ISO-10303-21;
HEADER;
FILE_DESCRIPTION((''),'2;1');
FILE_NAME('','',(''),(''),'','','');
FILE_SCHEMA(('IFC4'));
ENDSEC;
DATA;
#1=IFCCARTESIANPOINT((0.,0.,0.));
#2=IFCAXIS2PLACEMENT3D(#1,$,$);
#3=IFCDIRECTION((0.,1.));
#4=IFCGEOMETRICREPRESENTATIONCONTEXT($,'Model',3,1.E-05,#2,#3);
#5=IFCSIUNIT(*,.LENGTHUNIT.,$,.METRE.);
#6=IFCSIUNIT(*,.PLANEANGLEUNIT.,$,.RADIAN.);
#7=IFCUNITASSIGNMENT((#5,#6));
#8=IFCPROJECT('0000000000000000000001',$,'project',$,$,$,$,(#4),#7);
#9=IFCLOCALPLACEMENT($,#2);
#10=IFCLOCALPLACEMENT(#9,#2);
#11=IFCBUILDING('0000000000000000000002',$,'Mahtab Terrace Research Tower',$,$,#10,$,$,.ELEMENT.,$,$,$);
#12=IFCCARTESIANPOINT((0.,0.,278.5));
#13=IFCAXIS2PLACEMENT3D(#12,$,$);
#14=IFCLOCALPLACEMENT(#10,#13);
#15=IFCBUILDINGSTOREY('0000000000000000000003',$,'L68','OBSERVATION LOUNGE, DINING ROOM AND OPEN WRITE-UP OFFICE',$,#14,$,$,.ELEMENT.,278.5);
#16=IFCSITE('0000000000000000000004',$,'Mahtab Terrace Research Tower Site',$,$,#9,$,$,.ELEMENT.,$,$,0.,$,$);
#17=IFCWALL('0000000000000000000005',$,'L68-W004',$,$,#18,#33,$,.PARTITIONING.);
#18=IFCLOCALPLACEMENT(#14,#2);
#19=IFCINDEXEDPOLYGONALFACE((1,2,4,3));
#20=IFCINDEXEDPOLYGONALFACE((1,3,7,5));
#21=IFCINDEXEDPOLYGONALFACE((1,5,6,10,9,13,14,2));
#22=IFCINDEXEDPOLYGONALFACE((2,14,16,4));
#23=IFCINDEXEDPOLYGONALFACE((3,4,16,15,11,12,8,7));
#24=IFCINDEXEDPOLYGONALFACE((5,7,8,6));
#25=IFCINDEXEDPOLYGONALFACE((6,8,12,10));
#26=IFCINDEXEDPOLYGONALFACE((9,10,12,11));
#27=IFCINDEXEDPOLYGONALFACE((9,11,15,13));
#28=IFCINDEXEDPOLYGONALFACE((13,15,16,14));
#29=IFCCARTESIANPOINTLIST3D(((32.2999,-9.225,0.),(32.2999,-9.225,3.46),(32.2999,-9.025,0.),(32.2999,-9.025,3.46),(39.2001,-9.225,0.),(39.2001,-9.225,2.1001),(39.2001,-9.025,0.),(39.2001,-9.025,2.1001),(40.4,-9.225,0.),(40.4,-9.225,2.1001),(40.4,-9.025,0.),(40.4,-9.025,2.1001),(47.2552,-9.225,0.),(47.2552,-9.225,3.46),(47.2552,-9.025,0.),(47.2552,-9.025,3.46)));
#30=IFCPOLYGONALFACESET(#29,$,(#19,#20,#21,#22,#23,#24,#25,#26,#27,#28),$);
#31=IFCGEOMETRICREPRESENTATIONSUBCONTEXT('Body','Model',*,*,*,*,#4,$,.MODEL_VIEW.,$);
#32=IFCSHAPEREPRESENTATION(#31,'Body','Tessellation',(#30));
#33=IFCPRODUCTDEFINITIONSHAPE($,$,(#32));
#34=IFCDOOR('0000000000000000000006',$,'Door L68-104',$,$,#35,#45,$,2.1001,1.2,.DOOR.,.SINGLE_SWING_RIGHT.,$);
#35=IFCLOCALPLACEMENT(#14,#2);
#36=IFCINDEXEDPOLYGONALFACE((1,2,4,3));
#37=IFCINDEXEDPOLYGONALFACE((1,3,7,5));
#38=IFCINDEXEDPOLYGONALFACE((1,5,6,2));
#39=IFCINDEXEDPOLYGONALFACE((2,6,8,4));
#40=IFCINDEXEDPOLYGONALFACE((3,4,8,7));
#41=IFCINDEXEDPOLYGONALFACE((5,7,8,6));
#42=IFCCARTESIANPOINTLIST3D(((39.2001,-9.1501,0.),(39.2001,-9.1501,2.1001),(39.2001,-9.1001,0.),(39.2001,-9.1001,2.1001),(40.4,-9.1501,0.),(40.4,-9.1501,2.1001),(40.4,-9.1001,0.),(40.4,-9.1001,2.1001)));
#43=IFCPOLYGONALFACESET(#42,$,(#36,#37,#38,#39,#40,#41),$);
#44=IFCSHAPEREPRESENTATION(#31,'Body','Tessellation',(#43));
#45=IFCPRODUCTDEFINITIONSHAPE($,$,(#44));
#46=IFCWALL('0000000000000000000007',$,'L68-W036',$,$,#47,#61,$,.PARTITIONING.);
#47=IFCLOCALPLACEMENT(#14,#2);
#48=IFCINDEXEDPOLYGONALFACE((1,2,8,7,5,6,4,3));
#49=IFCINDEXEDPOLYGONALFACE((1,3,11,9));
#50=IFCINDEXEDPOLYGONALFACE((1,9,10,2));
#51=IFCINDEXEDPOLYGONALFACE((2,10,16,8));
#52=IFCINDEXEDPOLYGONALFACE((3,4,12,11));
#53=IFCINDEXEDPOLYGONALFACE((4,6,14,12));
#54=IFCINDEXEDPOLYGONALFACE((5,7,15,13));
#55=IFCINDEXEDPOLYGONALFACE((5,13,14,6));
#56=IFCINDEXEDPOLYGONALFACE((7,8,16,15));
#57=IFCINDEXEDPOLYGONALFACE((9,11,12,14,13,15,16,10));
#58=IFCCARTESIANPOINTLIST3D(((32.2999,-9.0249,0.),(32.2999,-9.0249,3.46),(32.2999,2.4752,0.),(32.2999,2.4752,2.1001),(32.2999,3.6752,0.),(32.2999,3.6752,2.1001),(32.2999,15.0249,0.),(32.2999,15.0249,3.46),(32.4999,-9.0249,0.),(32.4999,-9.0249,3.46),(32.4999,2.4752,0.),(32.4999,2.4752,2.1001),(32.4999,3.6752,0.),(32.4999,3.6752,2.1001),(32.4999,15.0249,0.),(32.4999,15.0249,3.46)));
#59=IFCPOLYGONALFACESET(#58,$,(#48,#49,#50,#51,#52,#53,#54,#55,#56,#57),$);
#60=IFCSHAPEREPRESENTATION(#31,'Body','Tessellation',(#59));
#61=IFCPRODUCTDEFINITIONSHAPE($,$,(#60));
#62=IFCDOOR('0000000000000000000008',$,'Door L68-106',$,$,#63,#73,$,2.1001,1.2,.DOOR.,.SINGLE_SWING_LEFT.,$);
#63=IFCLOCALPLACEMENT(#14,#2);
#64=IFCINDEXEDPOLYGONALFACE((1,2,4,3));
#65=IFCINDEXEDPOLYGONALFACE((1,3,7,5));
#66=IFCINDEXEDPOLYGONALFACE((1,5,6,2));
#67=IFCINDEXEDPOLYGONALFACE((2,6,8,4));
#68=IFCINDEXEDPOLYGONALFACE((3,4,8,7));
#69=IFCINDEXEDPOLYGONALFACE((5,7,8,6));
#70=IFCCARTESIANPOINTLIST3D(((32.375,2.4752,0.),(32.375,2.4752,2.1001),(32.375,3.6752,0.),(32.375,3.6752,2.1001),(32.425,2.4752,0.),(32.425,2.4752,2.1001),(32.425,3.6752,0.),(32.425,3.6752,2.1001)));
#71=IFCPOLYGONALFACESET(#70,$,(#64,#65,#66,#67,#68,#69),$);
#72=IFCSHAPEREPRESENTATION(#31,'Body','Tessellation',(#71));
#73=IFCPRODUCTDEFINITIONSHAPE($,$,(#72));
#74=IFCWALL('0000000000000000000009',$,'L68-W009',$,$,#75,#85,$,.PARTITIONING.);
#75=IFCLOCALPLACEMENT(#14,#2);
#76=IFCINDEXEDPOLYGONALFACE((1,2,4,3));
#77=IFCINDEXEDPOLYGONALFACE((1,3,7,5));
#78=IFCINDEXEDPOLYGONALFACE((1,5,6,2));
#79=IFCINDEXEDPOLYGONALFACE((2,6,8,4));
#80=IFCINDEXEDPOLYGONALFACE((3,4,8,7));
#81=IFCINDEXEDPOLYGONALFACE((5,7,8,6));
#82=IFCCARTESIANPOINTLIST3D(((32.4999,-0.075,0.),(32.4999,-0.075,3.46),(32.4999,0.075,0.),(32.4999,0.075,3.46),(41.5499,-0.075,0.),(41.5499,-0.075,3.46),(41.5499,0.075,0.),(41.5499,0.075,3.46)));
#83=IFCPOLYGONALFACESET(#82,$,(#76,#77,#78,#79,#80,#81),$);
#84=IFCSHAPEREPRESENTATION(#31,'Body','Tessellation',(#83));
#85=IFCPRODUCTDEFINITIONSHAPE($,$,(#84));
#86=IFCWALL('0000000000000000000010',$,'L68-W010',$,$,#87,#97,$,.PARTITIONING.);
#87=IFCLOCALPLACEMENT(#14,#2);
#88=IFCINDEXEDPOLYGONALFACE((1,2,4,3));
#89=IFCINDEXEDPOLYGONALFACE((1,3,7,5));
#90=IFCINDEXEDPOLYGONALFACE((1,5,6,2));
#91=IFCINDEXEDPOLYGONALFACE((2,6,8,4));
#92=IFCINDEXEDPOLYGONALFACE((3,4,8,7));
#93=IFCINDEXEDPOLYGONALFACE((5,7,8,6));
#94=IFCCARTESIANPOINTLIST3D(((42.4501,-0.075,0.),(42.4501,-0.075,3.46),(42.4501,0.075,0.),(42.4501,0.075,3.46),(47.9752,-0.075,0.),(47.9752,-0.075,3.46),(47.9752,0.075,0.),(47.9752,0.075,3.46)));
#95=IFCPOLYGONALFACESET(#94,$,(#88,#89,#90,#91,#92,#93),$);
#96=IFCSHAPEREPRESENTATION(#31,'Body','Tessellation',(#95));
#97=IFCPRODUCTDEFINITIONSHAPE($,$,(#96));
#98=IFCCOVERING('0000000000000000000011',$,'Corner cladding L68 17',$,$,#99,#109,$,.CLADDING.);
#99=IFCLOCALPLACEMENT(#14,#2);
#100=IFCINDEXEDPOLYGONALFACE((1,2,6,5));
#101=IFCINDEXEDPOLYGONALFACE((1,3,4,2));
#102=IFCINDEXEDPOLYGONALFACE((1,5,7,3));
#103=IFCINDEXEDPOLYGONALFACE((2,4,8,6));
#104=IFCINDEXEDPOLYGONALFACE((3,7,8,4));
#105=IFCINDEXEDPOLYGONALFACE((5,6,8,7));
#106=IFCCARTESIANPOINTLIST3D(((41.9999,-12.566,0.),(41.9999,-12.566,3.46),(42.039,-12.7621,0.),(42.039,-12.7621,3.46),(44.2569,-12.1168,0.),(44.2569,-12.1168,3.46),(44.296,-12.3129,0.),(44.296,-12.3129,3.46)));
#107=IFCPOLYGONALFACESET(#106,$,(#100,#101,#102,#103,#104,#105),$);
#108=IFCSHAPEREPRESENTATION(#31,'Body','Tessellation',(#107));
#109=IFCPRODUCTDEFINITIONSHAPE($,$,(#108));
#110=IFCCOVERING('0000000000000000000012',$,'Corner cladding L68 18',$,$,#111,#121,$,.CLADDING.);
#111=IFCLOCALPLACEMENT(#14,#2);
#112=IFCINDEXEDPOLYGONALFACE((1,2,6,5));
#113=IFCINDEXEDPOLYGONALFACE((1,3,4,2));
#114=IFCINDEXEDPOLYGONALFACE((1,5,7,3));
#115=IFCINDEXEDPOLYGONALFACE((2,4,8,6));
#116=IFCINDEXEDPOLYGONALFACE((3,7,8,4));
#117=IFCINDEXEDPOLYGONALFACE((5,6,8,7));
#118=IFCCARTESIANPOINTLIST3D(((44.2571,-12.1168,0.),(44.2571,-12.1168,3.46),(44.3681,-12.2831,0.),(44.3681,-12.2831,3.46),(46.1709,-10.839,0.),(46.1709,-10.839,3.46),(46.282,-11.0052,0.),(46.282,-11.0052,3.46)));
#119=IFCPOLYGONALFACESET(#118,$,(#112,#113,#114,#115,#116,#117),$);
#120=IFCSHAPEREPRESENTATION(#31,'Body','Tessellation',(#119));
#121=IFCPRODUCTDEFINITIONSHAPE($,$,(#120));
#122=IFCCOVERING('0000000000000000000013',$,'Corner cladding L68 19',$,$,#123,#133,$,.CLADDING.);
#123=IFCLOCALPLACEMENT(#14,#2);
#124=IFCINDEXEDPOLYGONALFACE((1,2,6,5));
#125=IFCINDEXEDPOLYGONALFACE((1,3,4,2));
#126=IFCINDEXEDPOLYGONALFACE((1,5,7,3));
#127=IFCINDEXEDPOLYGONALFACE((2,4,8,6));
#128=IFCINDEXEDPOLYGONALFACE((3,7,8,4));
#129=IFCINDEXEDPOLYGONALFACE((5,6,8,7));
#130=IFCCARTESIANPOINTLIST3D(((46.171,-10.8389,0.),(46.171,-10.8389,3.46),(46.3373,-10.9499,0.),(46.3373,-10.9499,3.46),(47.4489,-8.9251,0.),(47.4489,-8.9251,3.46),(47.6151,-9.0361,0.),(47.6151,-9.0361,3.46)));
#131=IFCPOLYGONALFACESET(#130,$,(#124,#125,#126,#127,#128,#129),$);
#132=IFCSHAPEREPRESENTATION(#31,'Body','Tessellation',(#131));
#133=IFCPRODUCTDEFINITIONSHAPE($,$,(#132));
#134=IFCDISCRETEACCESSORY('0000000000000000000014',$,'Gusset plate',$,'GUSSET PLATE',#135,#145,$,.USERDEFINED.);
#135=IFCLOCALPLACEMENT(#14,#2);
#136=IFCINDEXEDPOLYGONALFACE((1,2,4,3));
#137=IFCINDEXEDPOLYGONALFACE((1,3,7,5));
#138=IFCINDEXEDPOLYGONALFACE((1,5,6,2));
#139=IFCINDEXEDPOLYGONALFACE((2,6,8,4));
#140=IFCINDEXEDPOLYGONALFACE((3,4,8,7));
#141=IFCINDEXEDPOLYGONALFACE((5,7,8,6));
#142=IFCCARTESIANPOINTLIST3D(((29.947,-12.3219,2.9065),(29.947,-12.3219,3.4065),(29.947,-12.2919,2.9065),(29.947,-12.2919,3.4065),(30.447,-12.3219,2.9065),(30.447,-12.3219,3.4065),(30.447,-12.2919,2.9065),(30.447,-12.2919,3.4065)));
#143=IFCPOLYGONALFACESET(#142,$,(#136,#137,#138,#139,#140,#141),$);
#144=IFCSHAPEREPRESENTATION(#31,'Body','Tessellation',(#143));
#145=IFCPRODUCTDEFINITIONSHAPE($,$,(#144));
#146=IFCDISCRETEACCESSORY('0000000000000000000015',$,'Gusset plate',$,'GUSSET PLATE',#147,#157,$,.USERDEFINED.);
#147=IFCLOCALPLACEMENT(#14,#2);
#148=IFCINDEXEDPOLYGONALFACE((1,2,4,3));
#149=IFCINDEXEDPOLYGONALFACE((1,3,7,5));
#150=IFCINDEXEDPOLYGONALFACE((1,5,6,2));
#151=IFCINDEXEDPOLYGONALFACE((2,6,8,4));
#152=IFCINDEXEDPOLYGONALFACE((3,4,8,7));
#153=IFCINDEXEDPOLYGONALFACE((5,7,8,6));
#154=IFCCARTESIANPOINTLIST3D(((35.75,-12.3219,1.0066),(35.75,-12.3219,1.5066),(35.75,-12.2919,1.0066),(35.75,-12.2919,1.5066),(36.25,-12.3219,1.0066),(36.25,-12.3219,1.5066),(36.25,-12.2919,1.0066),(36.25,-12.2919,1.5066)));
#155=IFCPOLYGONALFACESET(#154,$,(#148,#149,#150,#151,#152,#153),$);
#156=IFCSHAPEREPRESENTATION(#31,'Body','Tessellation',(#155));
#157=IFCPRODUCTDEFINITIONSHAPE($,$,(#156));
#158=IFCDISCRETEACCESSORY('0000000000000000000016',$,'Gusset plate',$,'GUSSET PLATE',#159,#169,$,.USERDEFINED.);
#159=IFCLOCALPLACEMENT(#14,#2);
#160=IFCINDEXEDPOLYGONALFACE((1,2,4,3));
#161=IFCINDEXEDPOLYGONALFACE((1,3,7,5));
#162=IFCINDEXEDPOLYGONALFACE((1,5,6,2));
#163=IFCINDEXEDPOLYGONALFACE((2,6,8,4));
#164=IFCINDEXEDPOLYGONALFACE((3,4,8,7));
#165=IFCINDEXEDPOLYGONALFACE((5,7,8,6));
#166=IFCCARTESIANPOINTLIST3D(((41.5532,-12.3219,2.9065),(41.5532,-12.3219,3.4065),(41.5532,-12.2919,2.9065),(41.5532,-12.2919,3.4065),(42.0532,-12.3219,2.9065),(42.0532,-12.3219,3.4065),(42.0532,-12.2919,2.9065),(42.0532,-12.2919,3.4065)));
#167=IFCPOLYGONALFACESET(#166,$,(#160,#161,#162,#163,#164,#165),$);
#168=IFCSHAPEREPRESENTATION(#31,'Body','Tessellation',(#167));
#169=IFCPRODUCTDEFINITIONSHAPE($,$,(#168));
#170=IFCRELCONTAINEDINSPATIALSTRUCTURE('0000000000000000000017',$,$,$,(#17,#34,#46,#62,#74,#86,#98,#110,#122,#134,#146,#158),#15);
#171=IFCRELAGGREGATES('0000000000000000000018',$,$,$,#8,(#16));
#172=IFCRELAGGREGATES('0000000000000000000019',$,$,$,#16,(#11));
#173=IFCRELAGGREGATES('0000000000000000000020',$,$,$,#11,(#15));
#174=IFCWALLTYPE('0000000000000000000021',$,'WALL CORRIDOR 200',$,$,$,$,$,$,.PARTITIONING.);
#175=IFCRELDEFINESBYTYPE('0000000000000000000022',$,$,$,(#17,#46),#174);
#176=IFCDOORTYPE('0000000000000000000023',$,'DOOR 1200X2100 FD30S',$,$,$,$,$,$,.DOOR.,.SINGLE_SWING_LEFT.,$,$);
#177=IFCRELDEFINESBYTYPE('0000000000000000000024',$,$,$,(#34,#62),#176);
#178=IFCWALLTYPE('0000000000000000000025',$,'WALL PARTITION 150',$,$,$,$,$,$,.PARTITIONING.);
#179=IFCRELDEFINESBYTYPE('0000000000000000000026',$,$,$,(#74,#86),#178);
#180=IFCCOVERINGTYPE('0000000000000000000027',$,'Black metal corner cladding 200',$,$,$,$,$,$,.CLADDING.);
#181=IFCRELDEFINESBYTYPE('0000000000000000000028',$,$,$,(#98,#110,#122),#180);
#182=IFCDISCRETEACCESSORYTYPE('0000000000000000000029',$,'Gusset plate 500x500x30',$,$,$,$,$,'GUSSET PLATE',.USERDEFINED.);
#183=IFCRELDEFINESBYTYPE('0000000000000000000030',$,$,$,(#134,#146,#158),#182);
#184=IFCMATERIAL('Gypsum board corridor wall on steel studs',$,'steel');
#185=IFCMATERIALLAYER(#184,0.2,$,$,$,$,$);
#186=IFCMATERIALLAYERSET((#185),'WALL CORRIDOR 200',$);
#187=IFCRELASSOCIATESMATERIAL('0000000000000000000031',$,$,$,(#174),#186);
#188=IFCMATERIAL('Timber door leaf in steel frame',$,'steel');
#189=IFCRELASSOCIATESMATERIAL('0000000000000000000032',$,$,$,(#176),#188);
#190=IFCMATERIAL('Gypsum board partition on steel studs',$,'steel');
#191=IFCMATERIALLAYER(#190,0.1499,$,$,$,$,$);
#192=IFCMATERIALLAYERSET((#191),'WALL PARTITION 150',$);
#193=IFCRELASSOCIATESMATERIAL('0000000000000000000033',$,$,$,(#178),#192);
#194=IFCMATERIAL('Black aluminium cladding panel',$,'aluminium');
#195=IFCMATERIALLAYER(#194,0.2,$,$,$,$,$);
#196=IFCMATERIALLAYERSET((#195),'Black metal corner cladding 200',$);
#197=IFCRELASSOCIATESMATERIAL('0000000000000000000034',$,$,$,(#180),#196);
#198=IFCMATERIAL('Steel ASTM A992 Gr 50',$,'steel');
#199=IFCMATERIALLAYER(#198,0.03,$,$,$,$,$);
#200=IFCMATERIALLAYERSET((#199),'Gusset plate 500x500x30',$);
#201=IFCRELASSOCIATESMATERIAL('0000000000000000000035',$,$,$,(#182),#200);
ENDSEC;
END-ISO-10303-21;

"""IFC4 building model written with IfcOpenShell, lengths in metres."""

from ifc_helpers import new_model, si_unit, direction, frame, frame_2d, origin, origin_2d, place, context, subcontext, project, spatial, rectangle, extrude, material, layer, layer_set, type_object, element, fill, save


model = new_model("IFC4")

# Units and contexts
model_context = context("Model", 3, precision=1e-05, world=origin(), true_north=direction((0.0, 1.0)))
body_context = subcontext(model_context, "Body", "Model", "MODEL_VIEW")
ifc_project = project(units=[si_unit("LENGTHUNIT", "METRE"), si_unit("PLANEANGLEUNIT", "RADIAN")], contexts=[model_context])

# Site, building, storey
site_placement = place(None, origin())
site = spatial("IfcSite", under=ifc_project, at=site_placement, Name="Mahtab Terrace Research Tower Site", CompositionType="ELEMENT", RefElevation=0.0)
building_placement = place(site_placement, origin())
building = spatial("IfcBuilding", under=site, at=building_placement, Name="Mahtab Terrace Research Tower", CompositionType="ELEMENT")
storey_placement = place(building_placement, frame((0.0, 0.0, 278.5)))
storey = spatial("IfcBuildingStorey", under=building, at=storey_placement, Name="L68", Description="OBSERVATION LOUNGE, DINING ROOM AND OPEN WRITE-UP OFFICE", CompositionType="ELEMENT", Elevation=278.5)

# Shared definitions
ifc_material_1 = material(Name="Steel ASTM A992 Gr 50", Category="steel")

# Walls, openings, doors
ifc_material_2 = material(Name="Gypsum board corridor wall on steel studs", Category="steel")
ifc_layer_1 = layer(ifc_material_2, 0.2)
ifc_layer_set_1 = layer_set([ifc_layer_1], Name="WALL CORRIDOR 200")
wall_type_1 = type_object("IfcWallType", Name="WALL CORRIDOR 200", PredefinedType="PARTITIONING", material=ifc_layer_set_1)
wall_1_placement = place(storey_placement, frame((32.3, -9.125, 0.0), z_axis=(0.0, 0.0, 1.0), x_axis=(1.0, 0.0, 0.0)))
wall_1 = element("IfcWall", 1, at=wall_1_placement, inside=storey, type_object=wall_type_1, Name="L68-W004", PredefinedType="PARTITIONING", context=body_context, shape_type="SweptSolid", body=[
    extrude(rectangle(XDim=14.9553, YDim=0.2, at=frame_2d((7.4775, 0.0))), origin(), (0.0, 0.0, 1.0), 3.46),
])
opening_1_placement = place(wall_1_placement, frame((6.8999, 0.0, 0.0)))
opening_1 = element("IfcOpeningElement", 2, at=opening_1_placement, cuts=wall_1, PredefinedType="OPENING", context=body_context, shape_type="SweptSolid", body=[
    extrude(rectangle(XDim=1.2, YDim=2.1001, at=frame_2d((0.6001, 1.05))), frame((0.0, 0.1099, 0.0), z_axis=(0.0, -1.0, 0.0), x_axis=(1.0, 0.0, 0.0)), (0.0, 0.0, 1.0), 0.22),
])
ifc_material_3 = material(Name="Timber door leaf in steel frame", Category="steel")
door_type = type_object("IfcDoorType", Name="DOOR 1200X2100 FD30S", OperationType="SINGLE_SWING_LEFT", PredefinedType="DOOR", material=ifc_material_3)
door_1_placement = place(opening_1_placement, origin())
door_1 = element("IfcDoor", 3, at=door_1_placement, inside=storey, type_object=door_type, Name="Door L68-104", OperationType="SINGLE_SWING_RIGHT", OverallHeight=2.1001, OverallWidth=1.2, PredefinedType="DOOR", context=body_context, shape_type="SweptSolid", body=[
    extrude(rectangle(XDim=1.2, YDim=2.1001, at=frame_2d((0.6001, 1.05))), frame((0.0, 0.0249, 0.0), z_axis=(0.0, -1.0, 0.0), x_axis=(1.0, 0.0, 0.0)), (0.0, 0.0, 1.0), 0.05),
])
fill(opening_1, door_1)
wall_2_placement = place(storey_placement, frame((32.3999, -9.0249, 0.0), z_axis=(0.0, 0.0, 1.0), x_axis=(0.0, 1.0, 0.0)))
wall_2 = element("IfcWall", 4, at=wall_2_placement, inside=storey, type_object=wall_type_1, Name="L68-W036", PredefinedType="PARTITIONING", context=body_context, shape_type="SweptSolid", body=[
    extrude(rectangle(XDim=24.0498, YDim=0.2, at=frame_2d((12.0249, 0.0))), origin(), (0.0, 0.0, 1.0), 3.46),
])
opening_2_placement = place(wall_2_placement, frame((11.5, 0.0, 0.0)))
opening_2 = element("IfcOpeningElement", 5, at=opening_2_placement, cuts=wall_2, PredefinedType="OPENING", context=body_context, shape_type="SweptSolid", body=[
    extrude(rectangle(XDim=1.2, YDim=2.1001, at=frame_2d((0.6001, 1.05))), frame((0.0, 0.1099, 0.0), z_axis=(0.0, -1.0, 0.0), x_axis=(1.0, 0.0, 0.0)), (0.0, 0.0, 1.0), 0.22),
])
door_2_placement = place(opening_2_placement, origin())
door_2 = element("IfcDoor", 6, at=door_2_placement, inside=storey, type_object=door_type, Name="Door L68-106", OperationType="SINGLE_SWING_LEFT", OverallHeight=2.1001, OverallWidth=1.2, PredefinedType="DOOR", context=body_context, shape_type="SweptSolid", body=[
    extrude(rectangle(XDim=1.2, YDim=2.1001, at=frame_2d((0.6001, 1.05))), frame((0.0, 0.0249, 0.0), z_axis=(0.0, -1.0, 0.0), x_axis=(1.0, 0.0, 0.0)), (0.0, 0.0, 1.0), 0.05),
])
fill(opening_2, door_2)

# Walls
ifc_material_4 = material(Name="Gypsum board partition on steel studs", Category="steel")
ifc_layer_2 = layer(ifc_material_4, 0.1499)
ifc_layer_set_2 = layer_set([ifc_layer_2], Name="WALL PARTITION 150")
wall_type_2 = type_object("IfcWallType", Name="WALL PARTITION 150", PredefinedType="PARTITIONING", material=ifc_layer_set_2)
wall_3_placement = place(storey_placement, frame((32.5, 0.0, 0.0), z_axis=(0.0, 0.0, 1.0), x_axis=(1.0, 0.0, 0.0)))
element("IfcWall", 7, at=wall_3_placement, inside=storey, type_object=wall_type_2, Name="L68-W009", PredefinedType="PARTITIONING", context=body_context, shape_type="SweptSolid", body=[
    extrude(rectangle(XDim=9.05, YDim=0.1499, at=frame_2d((4.5249, 0.0))), origin(), (0.0, 0.0, 1.0), 3.46),
])
wall_4_placement = place(storey_placement, frame((42.45, 0.0, 0.0), z_axis=(0.0, 0.0, 1.0), x_axis=(1.0, 0.0, 0.0)))
element("IfcWall", 8, at=wall_4_placement, inside=storey, type_object=wall_type_2, Name="L68-W010", PredefinedType="PARTITIONING", context=body_context, shape_type="SweptSolid", body=[
    extrude(rectangle(XDim=5.5251, YDim=0.1499, at=frame_2d((2.7627, 0.0))), origin(), (0.0, 0.0, 1.0), 3.46),
])

# Coverings
ifc_material_5 = material(Name="Black aluminium cladding panel", Category="aluminium")
ifc_layer_3 = layer(ifc_material_5, 0.2)
ifc_layer_set_3 = layer_set([ifc_layer_3], Name="Black metal corner cladding 200")
covering_type = type_object("IfcCoveringType", Name="Black metal corner cladding 200", PredefinedType="CLADDING", material=ifc_layer_set_3)
for number, where, z_axis, x_axis, name in (
    (9, (43.1479, -12.4395, 0.0), (0.0, 0.0, 1.0), (0.980761, 0.195212, 0.0), "Corner cladding L68 17"),
    (10, (45.2695, -11.561, 0.0), (0.0, 0.0, 1.0), (0.831656, 0.555291, 0.0), "Corner cladding L68 18"),
    (11, (46.8931, -9.9375, 0.0), (0.0, 0.0, 1.0), (0.555291, 0.831656, 0.0), "Corner cladding L68 19"),
):
    element("IfcCovering", number, at=place(storey_placement, frame(where, z_axis=z_axis, x_axis=x_axis)), inside=storey, type_object=covering_type, Name=name, PredefinedType="CLADDING", context=body_context, shape_type="SweptSolid", body=[
        extrude(rectangle(XDim=2.3013, YDim=0.2, at=origin_2d()), origin(), (0.0, 0.0, 1.0), 3.46),
    ])

# Discrete accessories
ifc_layer_4 = layer(ifc_material_1, 0.03)
ifc_layer_set_4 = layer_set([ifc_layer_4], Name="Gusset plate 500x500x30")
discrete_accessory_type = type_object("IfcDiscreteAccessoryType", Name="Gusset plate 500x500x30", ElementType="GUSSET PLATE", PredefinedType="USERDEFINED", material=ifc_layer_set_4)
for number, where, z_axis, x_axis, name in (
    (12, (30.197, -12.3069, 2.9065), (0.0, 0.0, 1.0), (1.0, 0.0, 0.0), "Gusset plate"),
    (13, (36.0, -12.3069, 1.0066), (0.0, 0.0, 1.0), (1.0, 0.0, 0.0), "Gusset plate"),
    (14, (41.8032, -12.3069, 2.9065), (0.0, 0.0, 1.0), (1.0, 0.0, 0.0), "Gusset plate"),
):
    element("IfcDiscreteAccessory", number, at=place(storey_placement, frame(where, z_axis=z_axis, x_axis=x_axis)), inside=storey, type_object=discrete_accessory_type, Name=name, ObjectType="GUSSET PLATE", PredefinedType="USERDEFINED", context=body_context, shape_type="SweptSolid", body=[
        extrude(rectangle(XDim=0.5, YDim=0.03, at=origin_2d()), origin(), (0.0, 0.0, 1.0), 0.5),
    ])

save(model, "model.ifc")
